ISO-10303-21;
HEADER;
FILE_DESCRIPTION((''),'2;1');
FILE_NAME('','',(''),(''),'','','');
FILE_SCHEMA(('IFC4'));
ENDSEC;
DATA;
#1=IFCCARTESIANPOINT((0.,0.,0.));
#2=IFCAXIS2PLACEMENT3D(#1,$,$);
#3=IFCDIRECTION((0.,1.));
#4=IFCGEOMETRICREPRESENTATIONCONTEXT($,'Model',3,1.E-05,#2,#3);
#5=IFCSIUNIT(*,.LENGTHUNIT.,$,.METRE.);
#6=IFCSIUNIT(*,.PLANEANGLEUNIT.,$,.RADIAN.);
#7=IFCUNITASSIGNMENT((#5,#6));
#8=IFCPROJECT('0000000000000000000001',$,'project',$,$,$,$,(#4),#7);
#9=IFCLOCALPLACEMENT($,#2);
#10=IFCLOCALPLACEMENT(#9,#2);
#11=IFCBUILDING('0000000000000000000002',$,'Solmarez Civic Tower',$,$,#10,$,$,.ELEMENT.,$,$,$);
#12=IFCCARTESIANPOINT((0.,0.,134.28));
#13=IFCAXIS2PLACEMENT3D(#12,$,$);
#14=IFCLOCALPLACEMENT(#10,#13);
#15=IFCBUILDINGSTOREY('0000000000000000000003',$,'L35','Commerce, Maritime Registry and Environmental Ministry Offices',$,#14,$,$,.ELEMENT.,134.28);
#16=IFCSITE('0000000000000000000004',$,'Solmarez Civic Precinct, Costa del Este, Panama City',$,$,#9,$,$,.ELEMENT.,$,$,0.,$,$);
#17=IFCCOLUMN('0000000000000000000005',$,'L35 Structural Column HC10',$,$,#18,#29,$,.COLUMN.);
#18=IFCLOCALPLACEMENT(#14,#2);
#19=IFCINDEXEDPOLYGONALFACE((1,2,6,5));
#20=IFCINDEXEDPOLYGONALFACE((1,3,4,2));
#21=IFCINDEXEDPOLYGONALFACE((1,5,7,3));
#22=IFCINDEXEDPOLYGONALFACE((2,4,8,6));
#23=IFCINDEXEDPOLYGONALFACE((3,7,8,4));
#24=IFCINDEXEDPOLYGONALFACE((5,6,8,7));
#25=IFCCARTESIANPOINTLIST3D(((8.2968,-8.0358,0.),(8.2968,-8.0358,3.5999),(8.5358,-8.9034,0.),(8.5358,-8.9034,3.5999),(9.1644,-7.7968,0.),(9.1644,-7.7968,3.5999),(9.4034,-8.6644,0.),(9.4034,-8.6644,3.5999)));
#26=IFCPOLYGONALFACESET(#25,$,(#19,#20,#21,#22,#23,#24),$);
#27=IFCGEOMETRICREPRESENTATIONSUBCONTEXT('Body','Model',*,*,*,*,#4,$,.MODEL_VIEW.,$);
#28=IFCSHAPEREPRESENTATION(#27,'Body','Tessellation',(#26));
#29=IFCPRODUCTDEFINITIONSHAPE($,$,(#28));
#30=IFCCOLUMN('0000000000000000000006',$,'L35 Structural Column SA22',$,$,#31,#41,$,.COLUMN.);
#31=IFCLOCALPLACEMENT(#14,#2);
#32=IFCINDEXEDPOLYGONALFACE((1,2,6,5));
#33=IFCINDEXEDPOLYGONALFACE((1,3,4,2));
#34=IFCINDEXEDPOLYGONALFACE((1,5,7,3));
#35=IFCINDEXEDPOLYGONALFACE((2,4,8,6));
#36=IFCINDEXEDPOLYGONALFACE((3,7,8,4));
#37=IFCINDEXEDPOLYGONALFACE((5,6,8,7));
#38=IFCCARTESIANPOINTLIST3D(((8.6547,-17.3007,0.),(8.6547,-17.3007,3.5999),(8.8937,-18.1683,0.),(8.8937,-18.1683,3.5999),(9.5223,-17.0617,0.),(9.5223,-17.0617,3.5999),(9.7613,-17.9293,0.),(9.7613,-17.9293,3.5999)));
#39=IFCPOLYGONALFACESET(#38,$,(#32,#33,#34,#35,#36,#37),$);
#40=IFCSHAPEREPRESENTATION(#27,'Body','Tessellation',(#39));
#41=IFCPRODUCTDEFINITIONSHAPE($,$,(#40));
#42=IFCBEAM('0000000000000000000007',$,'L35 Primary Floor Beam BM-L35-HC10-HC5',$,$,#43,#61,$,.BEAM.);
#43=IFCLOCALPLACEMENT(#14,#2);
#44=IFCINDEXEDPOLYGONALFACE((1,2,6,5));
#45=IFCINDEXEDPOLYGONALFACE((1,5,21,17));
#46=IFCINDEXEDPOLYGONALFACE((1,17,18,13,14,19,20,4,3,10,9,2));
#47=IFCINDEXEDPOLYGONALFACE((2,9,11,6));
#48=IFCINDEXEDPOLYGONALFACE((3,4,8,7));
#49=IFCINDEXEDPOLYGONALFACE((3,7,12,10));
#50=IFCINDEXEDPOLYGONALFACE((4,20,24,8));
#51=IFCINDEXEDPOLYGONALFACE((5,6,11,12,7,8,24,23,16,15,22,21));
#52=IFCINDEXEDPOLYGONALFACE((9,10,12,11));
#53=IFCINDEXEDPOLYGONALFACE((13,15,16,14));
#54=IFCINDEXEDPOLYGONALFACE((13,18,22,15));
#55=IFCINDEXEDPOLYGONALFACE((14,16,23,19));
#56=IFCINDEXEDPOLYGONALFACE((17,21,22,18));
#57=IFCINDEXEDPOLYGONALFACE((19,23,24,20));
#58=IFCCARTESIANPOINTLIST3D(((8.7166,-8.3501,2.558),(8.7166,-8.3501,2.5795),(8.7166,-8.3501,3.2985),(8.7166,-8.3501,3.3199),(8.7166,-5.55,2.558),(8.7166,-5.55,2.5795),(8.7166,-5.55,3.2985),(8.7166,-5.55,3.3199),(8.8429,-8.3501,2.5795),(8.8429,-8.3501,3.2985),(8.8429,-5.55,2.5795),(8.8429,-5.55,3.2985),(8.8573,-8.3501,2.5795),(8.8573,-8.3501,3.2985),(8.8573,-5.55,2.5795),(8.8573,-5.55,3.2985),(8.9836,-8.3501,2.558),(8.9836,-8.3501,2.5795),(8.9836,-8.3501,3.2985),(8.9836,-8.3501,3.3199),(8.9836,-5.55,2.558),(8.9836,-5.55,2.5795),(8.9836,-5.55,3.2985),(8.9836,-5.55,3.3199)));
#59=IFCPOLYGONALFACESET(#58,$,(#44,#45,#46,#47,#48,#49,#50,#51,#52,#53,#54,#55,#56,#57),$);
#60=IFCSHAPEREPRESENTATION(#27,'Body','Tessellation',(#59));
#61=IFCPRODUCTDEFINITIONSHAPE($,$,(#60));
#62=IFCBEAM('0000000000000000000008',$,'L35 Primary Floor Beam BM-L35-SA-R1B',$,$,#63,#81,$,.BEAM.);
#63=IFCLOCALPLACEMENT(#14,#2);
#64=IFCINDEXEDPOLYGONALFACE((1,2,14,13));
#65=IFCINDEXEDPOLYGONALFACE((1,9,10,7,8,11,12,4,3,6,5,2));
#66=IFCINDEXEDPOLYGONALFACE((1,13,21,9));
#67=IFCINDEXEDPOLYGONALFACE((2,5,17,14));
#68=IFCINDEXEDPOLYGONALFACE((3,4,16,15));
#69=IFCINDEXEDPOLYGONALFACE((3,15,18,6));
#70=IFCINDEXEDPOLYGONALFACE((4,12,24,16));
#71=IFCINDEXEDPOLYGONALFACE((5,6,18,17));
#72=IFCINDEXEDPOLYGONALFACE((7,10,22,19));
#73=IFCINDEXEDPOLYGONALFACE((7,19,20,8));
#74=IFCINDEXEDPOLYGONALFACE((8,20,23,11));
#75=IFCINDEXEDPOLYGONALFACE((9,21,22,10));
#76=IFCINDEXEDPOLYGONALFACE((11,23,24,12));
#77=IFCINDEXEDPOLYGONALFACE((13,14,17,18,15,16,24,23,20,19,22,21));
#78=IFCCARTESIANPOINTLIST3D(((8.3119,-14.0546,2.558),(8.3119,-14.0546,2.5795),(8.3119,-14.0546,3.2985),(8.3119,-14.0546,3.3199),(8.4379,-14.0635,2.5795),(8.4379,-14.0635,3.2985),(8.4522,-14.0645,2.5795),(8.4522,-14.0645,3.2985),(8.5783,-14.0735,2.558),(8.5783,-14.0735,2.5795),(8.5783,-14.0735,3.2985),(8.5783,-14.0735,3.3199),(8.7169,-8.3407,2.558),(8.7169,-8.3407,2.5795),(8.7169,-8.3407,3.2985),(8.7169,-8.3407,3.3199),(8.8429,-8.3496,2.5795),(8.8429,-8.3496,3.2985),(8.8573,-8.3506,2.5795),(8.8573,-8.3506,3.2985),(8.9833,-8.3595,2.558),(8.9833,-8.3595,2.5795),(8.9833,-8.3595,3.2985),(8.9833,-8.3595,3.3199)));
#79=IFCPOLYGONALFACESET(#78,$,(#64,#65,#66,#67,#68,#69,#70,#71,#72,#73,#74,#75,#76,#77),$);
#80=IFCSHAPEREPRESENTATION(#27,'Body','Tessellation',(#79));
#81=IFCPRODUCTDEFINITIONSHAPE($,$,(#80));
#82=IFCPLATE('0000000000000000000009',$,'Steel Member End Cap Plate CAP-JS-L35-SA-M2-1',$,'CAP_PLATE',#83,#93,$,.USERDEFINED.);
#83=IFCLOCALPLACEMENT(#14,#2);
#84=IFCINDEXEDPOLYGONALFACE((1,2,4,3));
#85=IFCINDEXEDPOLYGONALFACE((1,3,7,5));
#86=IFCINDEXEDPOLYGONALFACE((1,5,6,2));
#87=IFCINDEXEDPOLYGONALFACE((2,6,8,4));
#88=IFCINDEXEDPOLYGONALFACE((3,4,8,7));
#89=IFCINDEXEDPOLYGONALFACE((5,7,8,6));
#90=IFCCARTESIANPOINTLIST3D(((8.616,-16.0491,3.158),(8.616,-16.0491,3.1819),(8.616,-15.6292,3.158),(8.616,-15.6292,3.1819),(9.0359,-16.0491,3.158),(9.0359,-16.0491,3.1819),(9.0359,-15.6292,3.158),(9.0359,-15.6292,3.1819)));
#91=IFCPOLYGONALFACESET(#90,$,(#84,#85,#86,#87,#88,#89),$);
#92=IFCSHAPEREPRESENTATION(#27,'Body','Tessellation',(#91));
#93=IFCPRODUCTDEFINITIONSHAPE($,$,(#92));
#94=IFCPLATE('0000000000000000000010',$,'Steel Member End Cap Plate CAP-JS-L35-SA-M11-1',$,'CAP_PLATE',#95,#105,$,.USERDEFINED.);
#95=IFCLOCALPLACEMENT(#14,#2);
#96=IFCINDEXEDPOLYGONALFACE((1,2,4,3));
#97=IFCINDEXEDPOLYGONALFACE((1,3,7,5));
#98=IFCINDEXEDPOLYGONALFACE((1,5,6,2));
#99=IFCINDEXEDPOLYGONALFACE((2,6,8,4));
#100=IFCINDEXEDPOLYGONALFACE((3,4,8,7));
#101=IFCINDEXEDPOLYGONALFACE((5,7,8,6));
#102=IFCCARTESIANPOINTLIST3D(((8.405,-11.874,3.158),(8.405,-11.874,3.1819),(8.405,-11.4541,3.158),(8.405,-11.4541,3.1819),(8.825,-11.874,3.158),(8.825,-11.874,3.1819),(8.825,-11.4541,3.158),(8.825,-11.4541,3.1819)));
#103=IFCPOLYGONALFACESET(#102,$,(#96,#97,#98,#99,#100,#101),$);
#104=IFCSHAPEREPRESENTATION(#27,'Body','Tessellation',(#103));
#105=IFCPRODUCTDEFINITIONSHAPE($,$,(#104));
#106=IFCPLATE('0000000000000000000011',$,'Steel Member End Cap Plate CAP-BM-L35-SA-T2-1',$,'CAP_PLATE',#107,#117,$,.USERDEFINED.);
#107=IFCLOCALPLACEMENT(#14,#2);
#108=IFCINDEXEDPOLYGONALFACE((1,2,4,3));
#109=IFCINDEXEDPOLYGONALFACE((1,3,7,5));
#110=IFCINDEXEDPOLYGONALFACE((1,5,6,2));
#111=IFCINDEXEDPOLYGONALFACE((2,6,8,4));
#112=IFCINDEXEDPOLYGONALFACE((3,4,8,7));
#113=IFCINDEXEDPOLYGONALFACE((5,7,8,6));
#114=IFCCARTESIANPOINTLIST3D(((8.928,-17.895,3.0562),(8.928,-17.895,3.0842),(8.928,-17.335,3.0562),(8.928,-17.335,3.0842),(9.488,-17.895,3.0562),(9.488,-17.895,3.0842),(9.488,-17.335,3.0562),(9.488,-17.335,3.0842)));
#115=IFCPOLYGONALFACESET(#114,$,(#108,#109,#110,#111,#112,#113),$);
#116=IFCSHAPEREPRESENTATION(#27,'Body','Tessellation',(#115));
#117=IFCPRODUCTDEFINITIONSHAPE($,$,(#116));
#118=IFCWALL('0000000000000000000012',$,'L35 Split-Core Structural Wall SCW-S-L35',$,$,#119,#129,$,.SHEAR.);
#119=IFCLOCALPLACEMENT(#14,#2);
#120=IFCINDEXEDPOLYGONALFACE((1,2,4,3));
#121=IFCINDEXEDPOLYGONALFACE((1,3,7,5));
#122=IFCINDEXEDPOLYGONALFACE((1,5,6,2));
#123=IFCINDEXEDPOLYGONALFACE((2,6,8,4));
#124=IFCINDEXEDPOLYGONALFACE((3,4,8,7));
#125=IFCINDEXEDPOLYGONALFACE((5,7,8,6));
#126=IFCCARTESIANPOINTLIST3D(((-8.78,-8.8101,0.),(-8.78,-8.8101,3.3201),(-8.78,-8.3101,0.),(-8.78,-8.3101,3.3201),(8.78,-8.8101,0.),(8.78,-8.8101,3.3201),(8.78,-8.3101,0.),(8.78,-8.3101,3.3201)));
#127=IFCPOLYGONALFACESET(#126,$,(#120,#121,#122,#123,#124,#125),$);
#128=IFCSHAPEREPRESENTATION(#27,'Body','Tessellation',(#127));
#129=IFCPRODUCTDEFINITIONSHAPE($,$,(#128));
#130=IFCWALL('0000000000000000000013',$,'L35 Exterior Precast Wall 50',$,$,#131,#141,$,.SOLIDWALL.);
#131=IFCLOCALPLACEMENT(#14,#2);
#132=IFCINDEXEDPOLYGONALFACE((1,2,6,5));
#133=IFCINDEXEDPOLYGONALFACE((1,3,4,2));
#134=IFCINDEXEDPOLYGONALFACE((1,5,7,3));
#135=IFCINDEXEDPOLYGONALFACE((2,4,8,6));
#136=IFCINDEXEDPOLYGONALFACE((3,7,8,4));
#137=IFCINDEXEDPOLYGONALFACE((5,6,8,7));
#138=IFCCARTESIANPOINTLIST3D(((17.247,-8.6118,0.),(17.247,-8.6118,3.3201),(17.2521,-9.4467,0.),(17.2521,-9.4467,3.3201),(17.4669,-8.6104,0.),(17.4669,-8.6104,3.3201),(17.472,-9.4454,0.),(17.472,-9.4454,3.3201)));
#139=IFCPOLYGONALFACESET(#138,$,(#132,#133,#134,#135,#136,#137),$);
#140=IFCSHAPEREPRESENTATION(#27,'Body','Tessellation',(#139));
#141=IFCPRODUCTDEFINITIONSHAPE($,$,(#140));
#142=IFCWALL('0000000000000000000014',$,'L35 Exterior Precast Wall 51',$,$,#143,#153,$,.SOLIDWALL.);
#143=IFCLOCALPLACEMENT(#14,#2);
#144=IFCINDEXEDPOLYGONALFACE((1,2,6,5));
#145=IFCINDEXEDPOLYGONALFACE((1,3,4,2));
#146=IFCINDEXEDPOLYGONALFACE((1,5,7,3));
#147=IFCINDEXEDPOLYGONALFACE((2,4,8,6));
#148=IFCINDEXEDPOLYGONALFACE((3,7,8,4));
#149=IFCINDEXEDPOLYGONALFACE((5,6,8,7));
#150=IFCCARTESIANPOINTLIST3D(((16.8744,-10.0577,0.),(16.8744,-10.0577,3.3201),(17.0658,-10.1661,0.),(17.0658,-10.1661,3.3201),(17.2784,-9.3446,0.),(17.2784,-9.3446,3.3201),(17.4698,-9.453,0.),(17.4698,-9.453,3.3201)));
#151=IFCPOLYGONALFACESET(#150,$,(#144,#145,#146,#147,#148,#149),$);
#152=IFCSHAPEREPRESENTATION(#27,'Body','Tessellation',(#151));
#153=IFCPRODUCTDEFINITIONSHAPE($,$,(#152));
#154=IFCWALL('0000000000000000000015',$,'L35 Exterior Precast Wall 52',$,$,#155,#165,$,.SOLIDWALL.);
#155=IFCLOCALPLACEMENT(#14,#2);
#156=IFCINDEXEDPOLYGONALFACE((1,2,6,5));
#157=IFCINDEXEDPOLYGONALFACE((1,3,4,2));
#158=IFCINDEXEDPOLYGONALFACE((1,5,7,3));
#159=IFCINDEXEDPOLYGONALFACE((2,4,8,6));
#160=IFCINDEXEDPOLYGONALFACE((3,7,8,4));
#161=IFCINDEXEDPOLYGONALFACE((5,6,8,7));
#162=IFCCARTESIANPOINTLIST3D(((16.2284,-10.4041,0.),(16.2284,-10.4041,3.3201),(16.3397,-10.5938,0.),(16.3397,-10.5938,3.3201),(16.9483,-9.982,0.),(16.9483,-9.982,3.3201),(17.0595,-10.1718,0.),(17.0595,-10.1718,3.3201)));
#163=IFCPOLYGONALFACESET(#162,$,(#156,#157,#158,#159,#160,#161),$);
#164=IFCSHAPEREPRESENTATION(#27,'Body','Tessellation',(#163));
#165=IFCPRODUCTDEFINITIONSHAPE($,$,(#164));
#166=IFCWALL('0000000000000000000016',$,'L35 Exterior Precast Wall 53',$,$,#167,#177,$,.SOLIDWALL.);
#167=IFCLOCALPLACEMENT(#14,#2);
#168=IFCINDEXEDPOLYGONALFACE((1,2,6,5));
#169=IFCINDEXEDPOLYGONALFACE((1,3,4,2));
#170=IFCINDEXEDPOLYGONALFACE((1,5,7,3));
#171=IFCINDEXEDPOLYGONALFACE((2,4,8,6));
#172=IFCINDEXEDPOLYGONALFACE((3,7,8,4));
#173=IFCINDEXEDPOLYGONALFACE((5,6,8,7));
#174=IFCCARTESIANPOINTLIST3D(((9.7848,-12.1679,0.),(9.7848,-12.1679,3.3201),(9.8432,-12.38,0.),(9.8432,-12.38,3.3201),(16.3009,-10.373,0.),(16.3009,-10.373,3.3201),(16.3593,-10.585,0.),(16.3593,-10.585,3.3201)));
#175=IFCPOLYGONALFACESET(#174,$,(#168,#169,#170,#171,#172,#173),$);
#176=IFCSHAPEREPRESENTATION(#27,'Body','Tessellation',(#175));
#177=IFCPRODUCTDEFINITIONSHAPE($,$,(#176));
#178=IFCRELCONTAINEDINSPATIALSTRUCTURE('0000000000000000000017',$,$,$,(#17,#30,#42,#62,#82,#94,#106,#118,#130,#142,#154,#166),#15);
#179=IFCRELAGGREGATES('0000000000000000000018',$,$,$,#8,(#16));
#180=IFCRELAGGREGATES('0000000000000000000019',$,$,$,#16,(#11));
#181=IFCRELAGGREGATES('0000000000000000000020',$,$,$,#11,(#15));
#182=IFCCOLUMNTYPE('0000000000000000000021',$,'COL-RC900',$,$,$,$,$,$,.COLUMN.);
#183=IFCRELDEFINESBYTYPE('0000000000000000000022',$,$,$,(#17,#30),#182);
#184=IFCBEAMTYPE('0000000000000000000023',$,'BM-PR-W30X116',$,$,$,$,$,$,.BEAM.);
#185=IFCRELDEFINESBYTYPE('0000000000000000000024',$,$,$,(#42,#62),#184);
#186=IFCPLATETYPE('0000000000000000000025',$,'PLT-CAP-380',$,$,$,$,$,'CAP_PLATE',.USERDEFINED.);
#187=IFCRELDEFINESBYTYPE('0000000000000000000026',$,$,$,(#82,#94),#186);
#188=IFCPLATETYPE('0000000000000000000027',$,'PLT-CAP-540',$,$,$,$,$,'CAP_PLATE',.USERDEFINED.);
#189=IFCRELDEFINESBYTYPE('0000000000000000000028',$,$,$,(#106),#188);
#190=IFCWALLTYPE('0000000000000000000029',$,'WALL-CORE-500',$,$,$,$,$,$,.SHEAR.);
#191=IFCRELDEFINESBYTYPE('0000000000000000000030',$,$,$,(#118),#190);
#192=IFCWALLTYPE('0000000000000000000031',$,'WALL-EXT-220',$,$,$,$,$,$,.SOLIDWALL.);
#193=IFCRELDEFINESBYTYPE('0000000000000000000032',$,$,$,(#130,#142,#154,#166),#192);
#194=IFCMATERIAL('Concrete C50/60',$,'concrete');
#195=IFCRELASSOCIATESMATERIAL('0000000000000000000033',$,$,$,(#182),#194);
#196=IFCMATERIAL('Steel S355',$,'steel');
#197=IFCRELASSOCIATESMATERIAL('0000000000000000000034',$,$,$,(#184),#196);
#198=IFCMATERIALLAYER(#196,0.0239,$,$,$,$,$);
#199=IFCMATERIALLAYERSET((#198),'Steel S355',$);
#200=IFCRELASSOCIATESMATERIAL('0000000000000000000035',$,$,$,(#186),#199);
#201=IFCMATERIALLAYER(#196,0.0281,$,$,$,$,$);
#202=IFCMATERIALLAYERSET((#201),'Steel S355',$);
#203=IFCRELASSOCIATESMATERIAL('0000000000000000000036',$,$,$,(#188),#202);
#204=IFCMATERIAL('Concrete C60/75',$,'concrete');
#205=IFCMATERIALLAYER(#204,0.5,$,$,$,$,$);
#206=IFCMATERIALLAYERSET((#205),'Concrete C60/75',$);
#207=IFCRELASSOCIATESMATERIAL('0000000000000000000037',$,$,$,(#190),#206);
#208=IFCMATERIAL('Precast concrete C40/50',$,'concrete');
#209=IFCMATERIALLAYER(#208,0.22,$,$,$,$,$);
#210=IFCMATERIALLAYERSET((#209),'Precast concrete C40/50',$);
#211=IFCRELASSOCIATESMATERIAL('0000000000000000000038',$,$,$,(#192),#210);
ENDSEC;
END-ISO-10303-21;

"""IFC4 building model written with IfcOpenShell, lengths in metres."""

from ifc_helpers import new_model, si_unit, direction, frame, frame_2d, origin, origin_2d, place, context, subcontext, project, spatial, rectangle, i_section, extrude, material, layer, layer_set, material_profile, profile_set, type_object, element, save


model = new_model("IFC4")

# Units and contexts
model_context = context("Model", 3, precision=1e-05, world=origin(), true_north=direction((0.0, 1.0)))
body_context = subcontext(model_context, "Body", "Model", "MODEL_VIEW")
ifc_project = project(units=[si_unit("LENGTHUNIT", "METRE"), si_unit("PLANEANGLEUNIT", "RADIAN")], contexts=[model_context])

# Site, building, storey
site_placement = place(None, origin())
site = spatial("IfcSite", under=ifc_project, at=site_placement, Name="Solmarez Civic Precinct, Costa del Este, Panama City", CompositionType="ELEMENT", RefElevation=0.0)
building_placement = place(site_placement, origin())
building = spatial("IfcBuilding", under=site, at=building_placement, Name="Solmarez Civic Tower", CompositionType="ELEMENT")
storey_placement = place(building_placement, frame((0.0, 0.0, 134.28)))
storey = spatial("IfcBuildingStorey", under=building, at=storey_placement, Name="L35", Description="Commerce, Maritime Registry and Environmental Ministry Offices", CompositionType="ELEMENT", Elevation=134.28)

# Columns
ifc_material_1 = material(Name="Concrete C50/60", Category="concrete")
ifc_material_profile_1 = material_profile(ifc_material_1, rectangle(XDim=0.8999, YDim=0.8999, at=origin_2d()), Name="RC900X900")
ifc_profile_set_1 = profile_set([ifc_material_profile_1], Name="Concrete C50/60")
column_type = type_object("IfcColumnType", Name="COL-RC900", PredefinedType="COLUMN", material=ifc_profile_set_1)
for number, where, z_axis, x_axis, name in (
    (1, (8.8501, -8.3501, 0.0), (0.0, 0.0, 1.0), (0.964095, 0.265556, 0.0), "L35 Structural Column HC10"),
    (2, (9.208, -17.615, 0.0), (0.0, 0.0, 1.0), (0.964095, 0.265556, 0.0), "L35 Structural Column SA22"),
):
    element("IfcColumn", number, at=place(storey_placement, frame(where, z_axis=z_axis, x_axis=x_axis)), inside=storey, type_object=column_type, Name=name, PredefinedType="COLUMN", context=body_context, shape_type="SweptSolid", body=[
        extrude(rectangle(XDim=0.8999, YDim=0.8999, at=origin_2d()), origin(), (0.0, 0.0, 1.0), 3.5999),
    ])

# Beams
ifc_material_2 = material(Name="Steel S355", Category="steel")
ifc_material_profile_2 = material_profile(ifc_material_2, i_section(OverallWidth=0.2671, OverallDepth=0.762, WebThickness=0.0144, FlangeThickness=0.0215, at=origin_2d()), Name="W30X116")
ifc_profile_set_2 = profile_set([ifc_material_profile_2], Name="Steel S355")
beam_type = type_object("IfcBeamType", Name="BM-PR-W30X116", PredefinedType="BEAM", material=ifc_profile_set_2)
beam_1_placement = place(storey_placement, frame((8.8501, -8.3501, 2.939), z_axis=(0.0, 1.0, 0.0), x_axis=(-1.0, 0.0, 0.0)))
element("IfcBeam", 3, at=beam_1_placement, inside=storey, type_object=beam_type, Name="L35 Primary Floor Beam BM-L35-HC10-HC5", PredefinedType="BEAM", context=body_context, shape_type="SweptSolid", body=[
    extrude(i_section(OverallWidth=0.2671, OverallDepth=0.762, WebThickness=0.0144, FlangeThickness=0.0215, at=origin_2d()), origin(), (0.0, 0.0, 1.0), 2.8),
])
beam_2_placement = place(storey_placement, frame((8.8501, -8.3501, 2.939), z_axis=(-0.070708, -0.997497, 0.0), x_axis=(0.997497, -0.070708, 0.0)))
element("IfcBeam", 4, at=beam_2_placement, inside=storey, type_object=beam_type, Name="L35 Primary Floor Beam BM-L35-SA-R1B", PredefinedType="BEAM", context=body_context, shape_type="SweptSolid", body=[
    extrude(i_section(OverallWidth=0.2671, OverallDepth=0.762, WebThickness=0.0144, FlangeThickness=0.0215, at=origin_2d()), origin(), (0.0, 0.0, 1.0), 5.7283),
])

# Plates
ifc_layer_1 = layer(ifc_material_2, 0.0239)
ifc_layer_set_1 = layer_set([ifc_layer_1], Name="Steel S355")
plate_type_1 = type_object("IfcPlateType", Name="PLT-CAP-380", ElementType="CAP_PLATE", PredefinedType="USERDEFINED", material=ifc_layer_set_1)
for number, where, z_axis, x_axis, name in (
    (5, (8.8259, -15.8391, 3.158), (0.0, 0.0, 1.0), (1.0, 0.0, 0.0), "Steel Member End Cap Plate CAP-JS-L35-SA-M2-1"),
    (6, (8.615, -11.6641, 3.158), (0.0, 0.0, 1.0), (1.0, 0.0, 0.0), "Steel Member End Cap Plate CAP-JS-L35-SA-M11-1"),
):
    element("IfcPlate", number, at=place(storey_placement, frame(where, z_axis=z_axis, x_axis=x_axis)), inside=storey, type_object=plate_type_1, Name=name, ObjectType="CAP_PLATE", PredefinedType="USERDEFINED", context=body_context, shape_type="SweptSolid", body=[
        extrude(rectangle(XDim=0.4199, YDim=0.4199, at=origin_2d()), origin(), (0.0, 0.0, 1.0), 0.0239),
    ])
ifc_layer_2 = layer(ifc_material_2, 0.0281)
ifc_layer_set_2 = layer_set([ifc_layer_2], Name="Steel S355")
plate_type_2 = type_object("IfcPlateType", Name="PLT-CAP-540", ElementType="CAP_PLATE", PredefinedType="USERDEFINED", material=ifc_layer_set_2)
plate_placement = place(storey_placement, frame((9.208, -17.615, 3.0562), z_axis=(0.0, 0.0, 1.0), x_axis=(1.0, 0.0, 0.0)))
element("IfcPlate", 7, at=plate_placement, inside=storey, type_object=plate_type_2, Name="Steel Member End Cap Plate CAP-BM-L35-SA-T2-1", ObjectType="CAP_PLATE", PredefinedType="USERDEFINED", context=body_context, shape_type="SweptSolid", body=[
    extrude(rectangle(XDim=0.5601, YDim=0.5601, at=origin_2d()), origin(), (0.0, 0.0, 1.0), 0.0281),
])

# Walls
ifc_material_3 = material(Name="Concrete C60/75", Category="concrete")
ifc_layer_3 = layer(ifc_material_3, 0.5)
ifc_layer_set_3 = layer_set([ifc_layer_3], Name="Concrete C60/75")
wall_type_1 = type_object("IfcWallType", Name="WALL-CORE-500", PredefinedType="SHEAR", material=ifc_layer_set_3)
wall_1_placement = place(storey_placement, frame((8.78, -8.5601, 0.0), z_axis=(0.0, 0.0, 1.0), x_axis=(-1.0, 0.0, 0.0)))
element("IfcWall", 8, at=wall_1_placement, inside=storey, type_object=wall_type_1, Name="L35 Split-Core Structural Wall SCW-S-L35", PredefinedType="SHEAR", context=body_context, shape_type="SweptSolid", body=[
    extrude(rectangle(XDim=17.5601, YDim=0.5, at=frame_2d((8.78, 0.0))), origin(), (0.0, 0.0, 1.0), 3.3201),
])
ifc_material_4 = material(Name="Precast concrete C40/50", Category="concrete")
ifc_layer_4 = layer(ifc_material_4, 0.22)
ifc_layer_set_4 = layer_set([ifc_layer_4], Name="Precast concrete C40/50")
wall_type_2 = type_object("IfcWallType", Name="WALL-EXT-220", PredefinedType="SOLIDWALL", material=ifc_layer_set_4)
wall_2_placement = place(storey_placement, frame((17.3569, -8.6111, 0.0), z_axis=(0.0, 0.0, 1.0), x_axis=(0.00614, -0.999981, 0.0)))
element("IfcWall", 9, at=wall_2_placement, inside=storey, type_object=wall_type_2, Name="L35 Exterior Precast Wall 50", PredefinedType="SOLIDWALL", context=body_context, shape_type="SweptSolid", body=[
    extrude(rectangle(XDim=0.835, YDim=0.22, at=frame_2d((0.4175, 0.0))), origin(), (0.0, 0.0, 1.0), 3.3201),
])
wall_3_placement = place(storey_placement, frame((17.374, -9.3989, 0.0), z_axis=(0.0, 0.0, 1.0), x_axis=(-0.49296, -0.870052, 0.0)))
element("IfcWall", 10, at=wall_3_placement, inside=storey, type_object=wall_type_2, Name="L35 Exterior Precast Wall 51", PredefinedType="SOLIDWALL", context=body_context, shape_type="SweptSolid", body=[
    extrude(rectangle(XDim=0.8196, YDim=0.22, at=frame_2d((0.4097, 0.0))), origin(), (0.0, 0.0, 1.0), 3.3201),
])
wall_4_placement = place(storey_placement, frame((17.0039, -10.0769, 0.0), z_axis=(0.0, 0.0, 1.0), x_axis=(-0.862663, -0.50578, 0.0)))
element("IfcWall", 11, at=wall_4_placement, inside=storey, type_object=wall_type_2, Name="L35 Exterior Precast Wall 52", PredefinedType="SOLIDWALL", context=body_context, shape_type="SweptSolid", body=[
    extrude(rectangle(XDim=0.8345, YDim=0.22, at=frame_2d((0.4172, 0.0))), origin(), (0.0, 0.0, 1.0), 3.3201),
])
wall_5_placement = place(storey_placement, frame((16.3301, -10.479, 0.0), z_axis=(0.0, 0.0, 1.0), x_axis=(-0.964092, -0.265568, 0.0)))
element("IfcWall", 12, at=wall_5_placement, inside=storey, type_object=wall_type_2, Name="L35 Exterior Precast Wall 53", PredefinedType="SOLIDWALL", context=body_context, shape_type="SweptSolid", body=[
    extrude(rectangle(XDim=6.7588, YDim=0.22, at=frame_2d((3.3794, 0.0))), origin(), (0.0, 0.0, 1.0), 3.3201),
])

save(model, "model.ifc")
